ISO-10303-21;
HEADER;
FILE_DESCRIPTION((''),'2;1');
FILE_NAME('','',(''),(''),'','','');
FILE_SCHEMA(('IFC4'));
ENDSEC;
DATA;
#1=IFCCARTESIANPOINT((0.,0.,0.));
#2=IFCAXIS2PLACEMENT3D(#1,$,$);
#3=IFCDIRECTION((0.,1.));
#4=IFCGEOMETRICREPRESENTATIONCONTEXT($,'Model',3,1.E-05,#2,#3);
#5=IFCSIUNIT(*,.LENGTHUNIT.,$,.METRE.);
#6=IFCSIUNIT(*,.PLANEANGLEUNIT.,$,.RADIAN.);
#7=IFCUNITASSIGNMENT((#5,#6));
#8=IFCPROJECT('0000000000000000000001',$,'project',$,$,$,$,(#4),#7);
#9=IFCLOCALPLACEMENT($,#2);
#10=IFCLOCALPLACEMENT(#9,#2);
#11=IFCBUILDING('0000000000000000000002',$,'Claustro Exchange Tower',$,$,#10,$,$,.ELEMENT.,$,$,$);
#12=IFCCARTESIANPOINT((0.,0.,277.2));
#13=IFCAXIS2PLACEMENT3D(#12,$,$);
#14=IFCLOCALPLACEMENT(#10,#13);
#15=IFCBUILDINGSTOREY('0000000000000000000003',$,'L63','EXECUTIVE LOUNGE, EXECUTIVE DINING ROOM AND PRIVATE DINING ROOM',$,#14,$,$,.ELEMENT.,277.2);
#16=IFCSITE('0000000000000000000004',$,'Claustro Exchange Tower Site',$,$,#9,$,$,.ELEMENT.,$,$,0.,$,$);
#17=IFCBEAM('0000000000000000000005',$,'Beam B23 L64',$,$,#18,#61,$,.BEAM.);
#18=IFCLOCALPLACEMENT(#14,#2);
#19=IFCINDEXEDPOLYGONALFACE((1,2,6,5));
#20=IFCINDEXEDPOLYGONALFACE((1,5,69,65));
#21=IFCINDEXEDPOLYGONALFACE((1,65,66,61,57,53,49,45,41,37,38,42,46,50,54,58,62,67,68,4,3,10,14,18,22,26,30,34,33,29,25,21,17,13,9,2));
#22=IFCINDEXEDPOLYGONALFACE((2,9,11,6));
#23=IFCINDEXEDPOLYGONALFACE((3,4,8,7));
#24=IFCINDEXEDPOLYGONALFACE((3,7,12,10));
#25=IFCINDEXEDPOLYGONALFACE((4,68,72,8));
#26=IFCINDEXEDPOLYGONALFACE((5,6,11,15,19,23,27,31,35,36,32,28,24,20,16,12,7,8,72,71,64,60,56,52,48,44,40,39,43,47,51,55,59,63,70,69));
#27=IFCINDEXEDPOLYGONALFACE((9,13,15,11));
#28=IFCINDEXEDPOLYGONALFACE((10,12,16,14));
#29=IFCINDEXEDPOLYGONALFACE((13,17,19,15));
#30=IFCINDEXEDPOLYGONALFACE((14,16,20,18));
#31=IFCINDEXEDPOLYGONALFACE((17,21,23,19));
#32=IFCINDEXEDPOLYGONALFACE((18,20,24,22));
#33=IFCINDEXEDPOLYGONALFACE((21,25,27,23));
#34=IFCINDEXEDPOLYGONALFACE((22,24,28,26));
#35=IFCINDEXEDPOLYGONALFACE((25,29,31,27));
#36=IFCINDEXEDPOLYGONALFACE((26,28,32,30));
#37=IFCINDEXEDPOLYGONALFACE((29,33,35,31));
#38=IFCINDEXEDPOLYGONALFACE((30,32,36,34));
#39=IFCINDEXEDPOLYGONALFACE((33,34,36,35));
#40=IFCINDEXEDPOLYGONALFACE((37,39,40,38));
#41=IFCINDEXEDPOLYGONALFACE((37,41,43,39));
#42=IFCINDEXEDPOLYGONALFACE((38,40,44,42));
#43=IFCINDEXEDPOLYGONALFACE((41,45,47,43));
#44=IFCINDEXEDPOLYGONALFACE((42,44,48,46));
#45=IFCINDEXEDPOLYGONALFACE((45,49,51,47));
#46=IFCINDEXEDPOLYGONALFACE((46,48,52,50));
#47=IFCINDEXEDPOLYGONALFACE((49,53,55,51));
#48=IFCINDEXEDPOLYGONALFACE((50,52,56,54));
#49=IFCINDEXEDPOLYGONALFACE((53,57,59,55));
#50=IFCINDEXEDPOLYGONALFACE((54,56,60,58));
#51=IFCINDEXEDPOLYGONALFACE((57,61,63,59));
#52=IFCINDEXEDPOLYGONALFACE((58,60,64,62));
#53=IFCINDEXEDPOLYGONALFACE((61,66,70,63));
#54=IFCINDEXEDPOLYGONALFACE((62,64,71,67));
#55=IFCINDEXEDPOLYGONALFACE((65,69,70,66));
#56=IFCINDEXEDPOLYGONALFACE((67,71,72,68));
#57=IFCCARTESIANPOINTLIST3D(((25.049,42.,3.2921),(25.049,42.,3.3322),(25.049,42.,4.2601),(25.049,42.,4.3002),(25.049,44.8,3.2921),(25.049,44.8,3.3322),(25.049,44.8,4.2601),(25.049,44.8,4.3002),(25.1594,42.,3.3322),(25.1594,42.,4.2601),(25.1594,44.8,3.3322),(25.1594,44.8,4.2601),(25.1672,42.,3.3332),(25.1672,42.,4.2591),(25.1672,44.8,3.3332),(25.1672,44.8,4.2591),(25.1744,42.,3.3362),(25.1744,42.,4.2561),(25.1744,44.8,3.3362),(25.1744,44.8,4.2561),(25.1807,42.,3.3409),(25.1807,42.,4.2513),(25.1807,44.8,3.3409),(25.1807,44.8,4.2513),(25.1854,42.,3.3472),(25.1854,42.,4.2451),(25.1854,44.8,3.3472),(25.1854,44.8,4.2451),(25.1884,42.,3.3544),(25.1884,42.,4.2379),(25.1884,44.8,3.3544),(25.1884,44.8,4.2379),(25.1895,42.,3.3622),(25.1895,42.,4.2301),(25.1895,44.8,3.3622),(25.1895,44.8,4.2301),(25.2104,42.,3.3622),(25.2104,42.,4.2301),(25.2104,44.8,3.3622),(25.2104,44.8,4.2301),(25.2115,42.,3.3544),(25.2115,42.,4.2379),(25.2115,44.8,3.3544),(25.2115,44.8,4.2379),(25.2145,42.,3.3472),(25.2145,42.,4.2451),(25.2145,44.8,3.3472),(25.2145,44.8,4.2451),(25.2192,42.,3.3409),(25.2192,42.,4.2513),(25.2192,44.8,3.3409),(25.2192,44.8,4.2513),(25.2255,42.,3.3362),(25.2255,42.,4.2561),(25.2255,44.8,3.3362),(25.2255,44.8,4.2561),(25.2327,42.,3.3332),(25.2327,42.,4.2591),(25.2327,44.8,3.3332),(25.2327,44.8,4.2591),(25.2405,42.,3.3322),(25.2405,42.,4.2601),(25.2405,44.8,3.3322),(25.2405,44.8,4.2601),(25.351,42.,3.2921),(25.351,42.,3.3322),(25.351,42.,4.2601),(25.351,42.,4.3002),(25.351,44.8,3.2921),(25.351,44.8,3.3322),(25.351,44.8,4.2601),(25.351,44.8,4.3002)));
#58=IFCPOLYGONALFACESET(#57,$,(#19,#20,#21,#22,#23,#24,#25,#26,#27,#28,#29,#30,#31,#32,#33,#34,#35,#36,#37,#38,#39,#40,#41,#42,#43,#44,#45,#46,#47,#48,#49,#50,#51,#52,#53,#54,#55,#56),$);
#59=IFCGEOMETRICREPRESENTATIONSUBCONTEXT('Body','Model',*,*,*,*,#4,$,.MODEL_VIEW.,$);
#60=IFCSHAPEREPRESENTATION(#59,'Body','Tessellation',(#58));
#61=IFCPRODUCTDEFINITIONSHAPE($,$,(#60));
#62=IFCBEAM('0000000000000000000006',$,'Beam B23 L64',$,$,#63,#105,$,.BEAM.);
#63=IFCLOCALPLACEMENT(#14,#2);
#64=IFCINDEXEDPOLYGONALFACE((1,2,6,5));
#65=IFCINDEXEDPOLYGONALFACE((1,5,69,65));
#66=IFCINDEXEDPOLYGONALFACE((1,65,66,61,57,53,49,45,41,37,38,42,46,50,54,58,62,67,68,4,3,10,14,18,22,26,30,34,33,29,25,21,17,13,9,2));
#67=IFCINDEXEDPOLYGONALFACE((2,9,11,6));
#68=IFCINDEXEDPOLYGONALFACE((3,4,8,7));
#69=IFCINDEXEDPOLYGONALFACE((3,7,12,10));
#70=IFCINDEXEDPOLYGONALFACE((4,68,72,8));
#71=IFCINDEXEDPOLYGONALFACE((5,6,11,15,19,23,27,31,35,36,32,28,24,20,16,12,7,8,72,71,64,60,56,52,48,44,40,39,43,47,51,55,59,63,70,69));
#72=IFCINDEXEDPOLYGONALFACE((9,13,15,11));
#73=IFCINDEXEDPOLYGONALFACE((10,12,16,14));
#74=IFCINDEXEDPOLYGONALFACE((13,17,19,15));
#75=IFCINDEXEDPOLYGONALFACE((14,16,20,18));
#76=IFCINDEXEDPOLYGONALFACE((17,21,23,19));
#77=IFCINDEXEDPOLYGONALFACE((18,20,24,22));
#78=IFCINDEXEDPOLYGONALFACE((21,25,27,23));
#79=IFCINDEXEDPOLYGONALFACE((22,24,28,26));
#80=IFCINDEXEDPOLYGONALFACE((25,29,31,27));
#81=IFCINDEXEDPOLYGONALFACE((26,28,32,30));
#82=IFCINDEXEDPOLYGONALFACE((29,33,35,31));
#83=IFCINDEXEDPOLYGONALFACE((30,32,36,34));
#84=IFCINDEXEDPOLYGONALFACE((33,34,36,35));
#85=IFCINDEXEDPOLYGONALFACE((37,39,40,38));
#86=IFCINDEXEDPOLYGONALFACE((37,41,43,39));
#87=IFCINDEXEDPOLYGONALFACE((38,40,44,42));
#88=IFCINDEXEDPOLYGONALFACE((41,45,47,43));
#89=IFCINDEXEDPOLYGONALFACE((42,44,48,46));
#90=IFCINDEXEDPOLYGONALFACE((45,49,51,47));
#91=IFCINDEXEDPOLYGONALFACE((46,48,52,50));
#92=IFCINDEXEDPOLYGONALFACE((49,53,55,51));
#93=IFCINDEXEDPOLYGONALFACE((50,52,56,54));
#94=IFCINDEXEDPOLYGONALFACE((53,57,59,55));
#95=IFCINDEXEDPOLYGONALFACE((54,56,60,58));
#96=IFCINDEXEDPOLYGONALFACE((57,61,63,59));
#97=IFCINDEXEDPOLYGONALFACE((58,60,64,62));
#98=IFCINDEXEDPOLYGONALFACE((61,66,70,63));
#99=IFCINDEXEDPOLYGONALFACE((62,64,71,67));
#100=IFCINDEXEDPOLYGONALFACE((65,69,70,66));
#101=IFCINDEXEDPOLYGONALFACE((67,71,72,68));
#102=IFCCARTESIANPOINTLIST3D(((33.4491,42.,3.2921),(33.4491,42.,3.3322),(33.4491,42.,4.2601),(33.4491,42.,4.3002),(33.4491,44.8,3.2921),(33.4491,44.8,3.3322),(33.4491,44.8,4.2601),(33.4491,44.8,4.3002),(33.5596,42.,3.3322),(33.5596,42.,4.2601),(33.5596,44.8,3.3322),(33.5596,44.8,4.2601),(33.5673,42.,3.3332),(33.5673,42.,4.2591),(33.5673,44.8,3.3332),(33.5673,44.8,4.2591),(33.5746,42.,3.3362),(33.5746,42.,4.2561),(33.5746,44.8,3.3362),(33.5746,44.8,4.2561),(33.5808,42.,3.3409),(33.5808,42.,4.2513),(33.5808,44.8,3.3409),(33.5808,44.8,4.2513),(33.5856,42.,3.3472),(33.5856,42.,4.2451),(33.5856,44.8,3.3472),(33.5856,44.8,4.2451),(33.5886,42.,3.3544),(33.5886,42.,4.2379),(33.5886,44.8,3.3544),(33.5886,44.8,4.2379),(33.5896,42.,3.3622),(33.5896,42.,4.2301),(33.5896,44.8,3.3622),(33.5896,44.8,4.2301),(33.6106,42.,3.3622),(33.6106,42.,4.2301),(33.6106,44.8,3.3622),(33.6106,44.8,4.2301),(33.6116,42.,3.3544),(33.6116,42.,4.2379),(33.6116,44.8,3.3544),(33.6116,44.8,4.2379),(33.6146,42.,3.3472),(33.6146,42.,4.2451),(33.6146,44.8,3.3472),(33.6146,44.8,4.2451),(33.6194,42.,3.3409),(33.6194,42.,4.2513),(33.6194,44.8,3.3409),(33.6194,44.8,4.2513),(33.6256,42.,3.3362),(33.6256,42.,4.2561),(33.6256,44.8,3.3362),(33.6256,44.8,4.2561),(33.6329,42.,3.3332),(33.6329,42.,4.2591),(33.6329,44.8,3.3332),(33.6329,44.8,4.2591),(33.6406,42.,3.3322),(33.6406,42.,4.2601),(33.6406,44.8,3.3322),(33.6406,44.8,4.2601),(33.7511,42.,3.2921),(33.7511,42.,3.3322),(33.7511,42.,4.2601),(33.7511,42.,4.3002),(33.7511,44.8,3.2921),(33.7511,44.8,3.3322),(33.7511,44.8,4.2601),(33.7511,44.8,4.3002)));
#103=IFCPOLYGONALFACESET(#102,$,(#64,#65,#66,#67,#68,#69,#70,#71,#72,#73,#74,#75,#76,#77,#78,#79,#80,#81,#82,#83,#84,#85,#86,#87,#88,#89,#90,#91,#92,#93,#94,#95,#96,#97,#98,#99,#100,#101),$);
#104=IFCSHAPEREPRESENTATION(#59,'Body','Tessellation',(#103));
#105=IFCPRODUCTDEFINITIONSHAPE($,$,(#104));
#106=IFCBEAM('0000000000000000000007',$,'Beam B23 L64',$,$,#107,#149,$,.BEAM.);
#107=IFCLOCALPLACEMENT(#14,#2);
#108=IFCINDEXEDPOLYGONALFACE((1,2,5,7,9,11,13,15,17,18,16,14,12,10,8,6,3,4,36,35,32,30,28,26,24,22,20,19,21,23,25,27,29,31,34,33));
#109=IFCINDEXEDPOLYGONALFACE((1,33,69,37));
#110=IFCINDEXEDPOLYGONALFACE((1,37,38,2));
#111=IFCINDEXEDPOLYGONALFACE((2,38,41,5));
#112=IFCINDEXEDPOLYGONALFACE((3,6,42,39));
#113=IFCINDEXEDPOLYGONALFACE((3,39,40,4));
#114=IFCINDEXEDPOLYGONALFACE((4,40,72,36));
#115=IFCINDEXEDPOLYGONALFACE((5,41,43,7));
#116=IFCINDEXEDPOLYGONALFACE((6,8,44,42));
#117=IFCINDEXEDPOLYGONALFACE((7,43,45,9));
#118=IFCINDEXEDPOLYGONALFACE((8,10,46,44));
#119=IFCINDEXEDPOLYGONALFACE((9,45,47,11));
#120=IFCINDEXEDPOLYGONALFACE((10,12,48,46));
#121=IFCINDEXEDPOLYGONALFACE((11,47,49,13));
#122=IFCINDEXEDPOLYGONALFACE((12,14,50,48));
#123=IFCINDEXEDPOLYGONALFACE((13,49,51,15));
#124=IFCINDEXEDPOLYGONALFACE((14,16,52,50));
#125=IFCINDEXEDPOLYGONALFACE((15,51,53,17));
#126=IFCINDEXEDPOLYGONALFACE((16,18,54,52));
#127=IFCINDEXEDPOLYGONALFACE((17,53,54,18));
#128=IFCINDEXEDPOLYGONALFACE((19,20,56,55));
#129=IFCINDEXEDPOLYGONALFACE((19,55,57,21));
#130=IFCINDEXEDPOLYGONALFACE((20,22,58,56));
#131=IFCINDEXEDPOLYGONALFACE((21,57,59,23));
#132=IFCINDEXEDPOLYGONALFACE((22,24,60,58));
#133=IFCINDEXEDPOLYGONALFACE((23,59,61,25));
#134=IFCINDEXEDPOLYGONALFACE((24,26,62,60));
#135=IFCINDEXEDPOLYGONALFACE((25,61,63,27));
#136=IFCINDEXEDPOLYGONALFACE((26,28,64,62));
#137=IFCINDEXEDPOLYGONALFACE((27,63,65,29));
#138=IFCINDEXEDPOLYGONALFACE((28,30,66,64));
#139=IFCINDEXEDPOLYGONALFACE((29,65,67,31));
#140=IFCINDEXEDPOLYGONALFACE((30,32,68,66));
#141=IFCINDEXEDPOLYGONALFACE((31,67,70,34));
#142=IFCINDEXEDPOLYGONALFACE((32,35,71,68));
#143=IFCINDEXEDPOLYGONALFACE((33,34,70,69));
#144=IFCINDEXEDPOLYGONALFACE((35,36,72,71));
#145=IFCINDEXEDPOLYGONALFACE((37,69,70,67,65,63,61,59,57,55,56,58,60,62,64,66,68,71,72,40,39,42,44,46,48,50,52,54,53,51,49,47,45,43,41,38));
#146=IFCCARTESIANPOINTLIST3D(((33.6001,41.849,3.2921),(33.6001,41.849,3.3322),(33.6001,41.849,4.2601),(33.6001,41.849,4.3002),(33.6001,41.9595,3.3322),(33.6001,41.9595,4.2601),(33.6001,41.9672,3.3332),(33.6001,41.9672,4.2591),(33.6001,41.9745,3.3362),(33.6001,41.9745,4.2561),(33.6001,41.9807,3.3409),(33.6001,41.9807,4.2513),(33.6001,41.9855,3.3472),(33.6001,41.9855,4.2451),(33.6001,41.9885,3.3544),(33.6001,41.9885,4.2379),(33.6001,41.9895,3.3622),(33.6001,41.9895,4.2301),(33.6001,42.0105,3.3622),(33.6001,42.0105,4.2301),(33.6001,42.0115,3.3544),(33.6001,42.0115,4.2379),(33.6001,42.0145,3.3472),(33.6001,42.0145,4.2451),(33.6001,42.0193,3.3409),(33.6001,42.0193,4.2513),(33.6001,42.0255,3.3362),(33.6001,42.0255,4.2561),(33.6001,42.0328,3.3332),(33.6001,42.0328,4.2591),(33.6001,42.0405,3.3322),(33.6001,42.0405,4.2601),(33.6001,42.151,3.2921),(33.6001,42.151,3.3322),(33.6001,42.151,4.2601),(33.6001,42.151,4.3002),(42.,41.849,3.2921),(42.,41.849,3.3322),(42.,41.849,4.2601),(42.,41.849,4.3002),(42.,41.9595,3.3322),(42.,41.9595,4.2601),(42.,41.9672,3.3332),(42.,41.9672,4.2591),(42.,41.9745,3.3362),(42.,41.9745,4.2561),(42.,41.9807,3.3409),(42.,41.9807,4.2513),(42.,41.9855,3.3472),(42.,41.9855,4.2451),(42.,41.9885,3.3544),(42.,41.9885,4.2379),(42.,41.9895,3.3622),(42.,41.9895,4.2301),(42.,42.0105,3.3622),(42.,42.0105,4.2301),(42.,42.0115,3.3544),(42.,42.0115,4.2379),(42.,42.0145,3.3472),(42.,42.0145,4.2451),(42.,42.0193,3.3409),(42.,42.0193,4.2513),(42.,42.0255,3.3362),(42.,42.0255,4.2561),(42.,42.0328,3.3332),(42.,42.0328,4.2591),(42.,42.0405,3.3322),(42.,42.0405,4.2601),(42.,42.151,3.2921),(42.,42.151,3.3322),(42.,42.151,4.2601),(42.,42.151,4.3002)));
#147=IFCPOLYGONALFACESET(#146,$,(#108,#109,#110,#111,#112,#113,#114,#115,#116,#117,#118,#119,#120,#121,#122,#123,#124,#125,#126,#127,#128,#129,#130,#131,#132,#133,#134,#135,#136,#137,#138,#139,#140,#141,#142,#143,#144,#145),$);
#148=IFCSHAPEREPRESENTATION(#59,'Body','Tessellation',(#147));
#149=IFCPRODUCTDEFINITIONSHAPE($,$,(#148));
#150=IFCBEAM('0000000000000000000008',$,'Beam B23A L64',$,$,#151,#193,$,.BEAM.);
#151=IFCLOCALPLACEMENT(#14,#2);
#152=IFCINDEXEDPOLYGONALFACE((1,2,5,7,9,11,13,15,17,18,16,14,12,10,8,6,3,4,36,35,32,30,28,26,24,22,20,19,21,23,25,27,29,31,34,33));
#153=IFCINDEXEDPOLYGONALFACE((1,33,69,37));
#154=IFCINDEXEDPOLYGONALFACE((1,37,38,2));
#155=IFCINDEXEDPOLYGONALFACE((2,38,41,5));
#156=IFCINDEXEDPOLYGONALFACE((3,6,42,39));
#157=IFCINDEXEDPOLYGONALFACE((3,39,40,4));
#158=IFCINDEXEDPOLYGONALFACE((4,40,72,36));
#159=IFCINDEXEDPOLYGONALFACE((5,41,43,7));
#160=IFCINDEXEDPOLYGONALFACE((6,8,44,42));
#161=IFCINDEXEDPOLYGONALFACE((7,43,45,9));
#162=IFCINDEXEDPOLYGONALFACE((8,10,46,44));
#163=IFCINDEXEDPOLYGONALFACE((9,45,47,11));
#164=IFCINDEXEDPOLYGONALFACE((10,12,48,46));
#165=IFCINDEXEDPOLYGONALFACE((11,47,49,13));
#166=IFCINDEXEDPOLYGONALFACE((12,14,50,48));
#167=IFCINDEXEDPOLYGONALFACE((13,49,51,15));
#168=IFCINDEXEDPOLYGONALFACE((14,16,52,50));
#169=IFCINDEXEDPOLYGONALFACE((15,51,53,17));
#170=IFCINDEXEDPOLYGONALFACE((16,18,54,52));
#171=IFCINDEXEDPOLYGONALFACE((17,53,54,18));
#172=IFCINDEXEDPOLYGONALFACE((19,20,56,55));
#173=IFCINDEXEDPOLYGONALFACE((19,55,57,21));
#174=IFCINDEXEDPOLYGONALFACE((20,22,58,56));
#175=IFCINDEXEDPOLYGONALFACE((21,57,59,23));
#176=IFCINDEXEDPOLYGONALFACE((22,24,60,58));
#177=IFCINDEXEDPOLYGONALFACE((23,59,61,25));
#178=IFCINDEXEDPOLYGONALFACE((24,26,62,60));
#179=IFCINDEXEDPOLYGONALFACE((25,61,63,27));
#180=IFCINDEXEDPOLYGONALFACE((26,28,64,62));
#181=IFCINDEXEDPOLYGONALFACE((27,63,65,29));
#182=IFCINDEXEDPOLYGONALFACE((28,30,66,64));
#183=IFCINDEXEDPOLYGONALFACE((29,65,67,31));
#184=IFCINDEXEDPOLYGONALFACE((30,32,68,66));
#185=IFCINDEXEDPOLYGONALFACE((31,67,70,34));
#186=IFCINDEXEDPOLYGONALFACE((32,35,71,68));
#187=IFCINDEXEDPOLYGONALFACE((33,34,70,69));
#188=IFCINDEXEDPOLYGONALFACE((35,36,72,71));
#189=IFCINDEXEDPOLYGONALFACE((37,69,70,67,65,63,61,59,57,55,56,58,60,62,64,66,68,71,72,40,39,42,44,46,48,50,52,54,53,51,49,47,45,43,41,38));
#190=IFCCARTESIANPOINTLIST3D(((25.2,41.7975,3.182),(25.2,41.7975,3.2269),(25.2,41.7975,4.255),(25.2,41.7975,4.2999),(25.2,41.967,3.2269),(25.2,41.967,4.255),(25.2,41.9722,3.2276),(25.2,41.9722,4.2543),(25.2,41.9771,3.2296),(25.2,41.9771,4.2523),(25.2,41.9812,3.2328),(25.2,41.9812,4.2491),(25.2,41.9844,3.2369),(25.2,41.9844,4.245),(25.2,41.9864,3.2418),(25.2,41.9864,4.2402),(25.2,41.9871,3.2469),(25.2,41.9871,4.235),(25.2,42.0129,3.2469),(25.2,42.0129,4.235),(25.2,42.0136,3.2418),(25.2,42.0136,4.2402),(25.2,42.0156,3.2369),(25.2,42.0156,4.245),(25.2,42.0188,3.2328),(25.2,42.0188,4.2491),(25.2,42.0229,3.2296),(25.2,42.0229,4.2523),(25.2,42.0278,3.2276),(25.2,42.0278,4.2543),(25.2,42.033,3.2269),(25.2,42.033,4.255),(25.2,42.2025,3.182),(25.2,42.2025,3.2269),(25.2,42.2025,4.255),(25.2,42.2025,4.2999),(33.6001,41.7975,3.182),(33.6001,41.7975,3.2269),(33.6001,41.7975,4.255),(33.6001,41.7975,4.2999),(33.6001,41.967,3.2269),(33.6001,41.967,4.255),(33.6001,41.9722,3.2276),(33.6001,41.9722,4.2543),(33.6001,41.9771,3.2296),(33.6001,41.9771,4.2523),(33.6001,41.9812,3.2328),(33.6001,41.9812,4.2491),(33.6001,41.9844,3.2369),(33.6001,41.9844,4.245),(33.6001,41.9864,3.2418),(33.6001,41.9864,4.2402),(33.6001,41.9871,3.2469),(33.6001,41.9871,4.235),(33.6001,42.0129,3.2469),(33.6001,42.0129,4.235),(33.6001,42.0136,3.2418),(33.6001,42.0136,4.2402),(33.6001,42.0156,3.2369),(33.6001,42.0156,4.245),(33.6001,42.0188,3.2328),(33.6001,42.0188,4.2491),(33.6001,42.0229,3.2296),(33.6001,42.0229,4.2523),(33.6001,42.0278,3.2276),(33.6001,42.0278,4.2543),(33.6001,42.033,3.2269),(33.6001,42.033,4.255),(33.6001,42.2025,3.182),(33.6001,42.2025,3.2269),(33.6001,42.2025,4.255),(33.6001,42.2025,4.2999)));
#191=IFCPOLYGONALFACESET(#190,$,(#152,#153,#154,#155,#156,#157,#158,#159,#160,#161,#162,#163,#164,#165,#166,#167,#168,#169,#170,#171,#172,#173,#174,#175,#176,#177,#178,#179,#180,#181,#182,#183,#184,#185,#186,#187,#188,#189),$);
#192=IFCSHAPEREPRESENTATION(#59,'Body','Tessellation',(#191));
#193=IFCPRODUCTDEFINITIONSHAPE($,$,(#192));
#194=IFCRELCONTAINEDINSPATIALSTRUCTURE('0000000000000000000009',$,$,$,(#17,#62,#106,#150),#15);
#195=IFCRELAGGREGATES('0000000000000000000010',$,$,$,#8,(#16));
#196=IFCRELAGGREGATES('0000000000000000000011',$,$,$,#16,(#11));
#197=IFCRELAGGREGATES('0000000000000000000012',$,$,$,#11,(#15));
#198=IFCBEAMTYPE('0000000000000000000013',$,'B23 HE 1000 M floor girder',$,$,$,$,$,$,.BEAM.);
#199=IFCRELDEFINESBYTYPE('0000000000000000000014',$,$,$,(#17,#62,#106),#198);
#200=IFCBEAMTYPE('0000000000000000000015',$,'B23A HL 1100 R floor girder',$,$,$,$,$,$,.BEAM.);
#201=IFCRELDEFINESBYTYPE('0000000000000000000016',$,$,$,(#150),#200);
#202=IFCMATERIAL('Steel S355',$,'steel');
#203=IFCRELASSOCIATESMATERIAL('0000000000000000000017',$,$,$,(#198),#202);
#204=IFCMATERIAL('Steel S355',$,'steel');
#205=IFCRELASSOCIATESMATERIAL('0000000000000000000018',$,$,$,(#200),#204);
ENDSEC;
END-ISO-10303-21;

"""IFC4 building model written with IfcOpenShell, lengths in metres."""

from ifc_helpers import new_model, si_unit, direction, frame, origin, origin_2d, place, context, subcontext, project, spatial, i_section, extrude, material, material_profile, profile_set, type_object, element, save


model = new_model("IFC4")

# Units and contexts
model_context = context("Model", 3, precision=1e-05, world=origin(), true_north=direction((0.0, 1.0)))
body_context = subcontext(model_context, "Body", "Model", "MODEL_VIEW")
ifc_project = project(units=[si_unit("LENGTHUNIT", "METRE"), si_unit("PLANEANGLEUNIT", "RADIAN")], contexts=[model_context])

# Site, building, storey
site_placement = place(None, origin())
site = spatial("IfcSite", under=ifc_project, at=site_placement, Name="Claustro Exchange Tower Site", CompositionType="ELEMENT", RefElevation=0.0)
building_placement = place(site_placement, origin())
building = spatial("IfcBuilding", under=site, at=building_placement, Name="Claustro Exchange Tower", CompositionType="ELEMENT")
storey_placement = place(building_placement, frame((0.0, 0.0, 277.2)))
storey = spatial("IfcBuildingStorey", under=building, at=storey_placement, Name="L63", Description="EXECUTIVE LOUNGE, EXECUTIVE DINING ROOM AND PRIVATE DINING ROOM", CompositionType="ELEMENT", Elevation=277.2)

# Beams
ifc_material_1 = material(Name="Steel S355", Category="steel")
ifc_material_profile_1 = material_profile(ifc_material_1, i_section(OverallWidth=0.302, OverallDepth=1.0081, WebThickness=0.021, FlangeThickness=0.04, FilletRadius=0.03, at=origin_2d()), Name="HE 1000 M")
ifc_profile_set_1 = profile_set([ifc_material_profile_1], Name="Steel S355")
beam_type_1 = type_object("IfcBeamType", Name="B23 HE 1000 M floor girder", PredefinedType="BEAM", material=ifc_profile_set_1)
for number, where, z_axis, x_axis, name in (
    (1, (25.2, 42.0, 3.7961), (0.0, 1.0, 0.0), (-1.0, 0.0, 0.0), "Beam B23 L64"),
    (2, (33.6001, 42.0, 3.7961), (0.0, 1.0, 0.0), (-1.0, 0.0, 0.0), "Beam B23 L64"),
):
    element("IfcBeam", number, at=place(storey_placement, frame(where, z_axis=z_axis, x_axis=x_axis)), inside=storey, type_object=beam_type_1, Name=name, PredefinedType="BEAM", context=body_context, shape_type="SweptSolid", body=[
        extrude(i_section(OverallWidth=0.302, OverallDepth=1.0081, WebThickness=0.021, FlangeThickness=0.04, FilletRadius=0.03, at=origin_2d()), origin(), (0.0, 0.0, 1.0), 2.8),
    ])
beam_1_placement = place(storey_placement, frame((33.6001, 42.0, 3.7961), z_axis=(1.0, 0.0, 0.0), x_axis=(0.0, 1.0, 0.0)))
element("IfcBeam", 3, at=beam_1_placement, inside=storey, type_object=beam_type_1, Name="Beam B23 L64", PredefinedType="BEAM", context=body_context, shape_type="SweptSolid", body=[
    extrude(i_section(OverallWidth=0.302, OverallDepth=1.0081, WebThickness=0.021, FlangeThickness=0.04, FilletRadius=0.03, at=origin_2d()), origin(), (0.0, 0.0, 1.0), 8.3999),
])
ifc_material_2 = material(Name="Steel S355", Category="steel")
ifc_material_profile_2 = material_profile(ifc_material_2, i_section(OverallWidth=0.405, OverallDepth=1.1179, WebThickness=0.0259, FlangeThickness=0.0449, FilletRadius=0.02, at=origin_2d()), Name="HL 1100 R")
ifc_profile_set_2 = profile_set([ifc_material_profile_2], Name="Steel S355")
beam_type_2 = type_object("IfcBeamType", Name="B23A HL 1100 R floor girder", PredefinedType="BEAM", material=ifc_profile_set_2)
beam_2_placement = place(storey_placement, frame((25.2, 42.0, 3.741), z_axis=(1.0, 0.0, 0.0), x_axis=(0.0, 1.0, 0.0)))
element("IfcBeam", 4, at=beam_2_placement, inside=storey, type_object=beam_type_2, Name="Beam B23A L64", PredefinedType="BEAM", context=body_context, shape_type="SweptSolid", body=[
    extrude(i_section(OverallWidth=0.405, OverallDepth=1.1179, WebThickness=0.0259, FlangeThickness=0.0449, FilletRadius=0.02, at=origin_2d()), origin(), (0.0, 0.0, 1.0), 8.4001),
])

save(model, "model.ifc")
